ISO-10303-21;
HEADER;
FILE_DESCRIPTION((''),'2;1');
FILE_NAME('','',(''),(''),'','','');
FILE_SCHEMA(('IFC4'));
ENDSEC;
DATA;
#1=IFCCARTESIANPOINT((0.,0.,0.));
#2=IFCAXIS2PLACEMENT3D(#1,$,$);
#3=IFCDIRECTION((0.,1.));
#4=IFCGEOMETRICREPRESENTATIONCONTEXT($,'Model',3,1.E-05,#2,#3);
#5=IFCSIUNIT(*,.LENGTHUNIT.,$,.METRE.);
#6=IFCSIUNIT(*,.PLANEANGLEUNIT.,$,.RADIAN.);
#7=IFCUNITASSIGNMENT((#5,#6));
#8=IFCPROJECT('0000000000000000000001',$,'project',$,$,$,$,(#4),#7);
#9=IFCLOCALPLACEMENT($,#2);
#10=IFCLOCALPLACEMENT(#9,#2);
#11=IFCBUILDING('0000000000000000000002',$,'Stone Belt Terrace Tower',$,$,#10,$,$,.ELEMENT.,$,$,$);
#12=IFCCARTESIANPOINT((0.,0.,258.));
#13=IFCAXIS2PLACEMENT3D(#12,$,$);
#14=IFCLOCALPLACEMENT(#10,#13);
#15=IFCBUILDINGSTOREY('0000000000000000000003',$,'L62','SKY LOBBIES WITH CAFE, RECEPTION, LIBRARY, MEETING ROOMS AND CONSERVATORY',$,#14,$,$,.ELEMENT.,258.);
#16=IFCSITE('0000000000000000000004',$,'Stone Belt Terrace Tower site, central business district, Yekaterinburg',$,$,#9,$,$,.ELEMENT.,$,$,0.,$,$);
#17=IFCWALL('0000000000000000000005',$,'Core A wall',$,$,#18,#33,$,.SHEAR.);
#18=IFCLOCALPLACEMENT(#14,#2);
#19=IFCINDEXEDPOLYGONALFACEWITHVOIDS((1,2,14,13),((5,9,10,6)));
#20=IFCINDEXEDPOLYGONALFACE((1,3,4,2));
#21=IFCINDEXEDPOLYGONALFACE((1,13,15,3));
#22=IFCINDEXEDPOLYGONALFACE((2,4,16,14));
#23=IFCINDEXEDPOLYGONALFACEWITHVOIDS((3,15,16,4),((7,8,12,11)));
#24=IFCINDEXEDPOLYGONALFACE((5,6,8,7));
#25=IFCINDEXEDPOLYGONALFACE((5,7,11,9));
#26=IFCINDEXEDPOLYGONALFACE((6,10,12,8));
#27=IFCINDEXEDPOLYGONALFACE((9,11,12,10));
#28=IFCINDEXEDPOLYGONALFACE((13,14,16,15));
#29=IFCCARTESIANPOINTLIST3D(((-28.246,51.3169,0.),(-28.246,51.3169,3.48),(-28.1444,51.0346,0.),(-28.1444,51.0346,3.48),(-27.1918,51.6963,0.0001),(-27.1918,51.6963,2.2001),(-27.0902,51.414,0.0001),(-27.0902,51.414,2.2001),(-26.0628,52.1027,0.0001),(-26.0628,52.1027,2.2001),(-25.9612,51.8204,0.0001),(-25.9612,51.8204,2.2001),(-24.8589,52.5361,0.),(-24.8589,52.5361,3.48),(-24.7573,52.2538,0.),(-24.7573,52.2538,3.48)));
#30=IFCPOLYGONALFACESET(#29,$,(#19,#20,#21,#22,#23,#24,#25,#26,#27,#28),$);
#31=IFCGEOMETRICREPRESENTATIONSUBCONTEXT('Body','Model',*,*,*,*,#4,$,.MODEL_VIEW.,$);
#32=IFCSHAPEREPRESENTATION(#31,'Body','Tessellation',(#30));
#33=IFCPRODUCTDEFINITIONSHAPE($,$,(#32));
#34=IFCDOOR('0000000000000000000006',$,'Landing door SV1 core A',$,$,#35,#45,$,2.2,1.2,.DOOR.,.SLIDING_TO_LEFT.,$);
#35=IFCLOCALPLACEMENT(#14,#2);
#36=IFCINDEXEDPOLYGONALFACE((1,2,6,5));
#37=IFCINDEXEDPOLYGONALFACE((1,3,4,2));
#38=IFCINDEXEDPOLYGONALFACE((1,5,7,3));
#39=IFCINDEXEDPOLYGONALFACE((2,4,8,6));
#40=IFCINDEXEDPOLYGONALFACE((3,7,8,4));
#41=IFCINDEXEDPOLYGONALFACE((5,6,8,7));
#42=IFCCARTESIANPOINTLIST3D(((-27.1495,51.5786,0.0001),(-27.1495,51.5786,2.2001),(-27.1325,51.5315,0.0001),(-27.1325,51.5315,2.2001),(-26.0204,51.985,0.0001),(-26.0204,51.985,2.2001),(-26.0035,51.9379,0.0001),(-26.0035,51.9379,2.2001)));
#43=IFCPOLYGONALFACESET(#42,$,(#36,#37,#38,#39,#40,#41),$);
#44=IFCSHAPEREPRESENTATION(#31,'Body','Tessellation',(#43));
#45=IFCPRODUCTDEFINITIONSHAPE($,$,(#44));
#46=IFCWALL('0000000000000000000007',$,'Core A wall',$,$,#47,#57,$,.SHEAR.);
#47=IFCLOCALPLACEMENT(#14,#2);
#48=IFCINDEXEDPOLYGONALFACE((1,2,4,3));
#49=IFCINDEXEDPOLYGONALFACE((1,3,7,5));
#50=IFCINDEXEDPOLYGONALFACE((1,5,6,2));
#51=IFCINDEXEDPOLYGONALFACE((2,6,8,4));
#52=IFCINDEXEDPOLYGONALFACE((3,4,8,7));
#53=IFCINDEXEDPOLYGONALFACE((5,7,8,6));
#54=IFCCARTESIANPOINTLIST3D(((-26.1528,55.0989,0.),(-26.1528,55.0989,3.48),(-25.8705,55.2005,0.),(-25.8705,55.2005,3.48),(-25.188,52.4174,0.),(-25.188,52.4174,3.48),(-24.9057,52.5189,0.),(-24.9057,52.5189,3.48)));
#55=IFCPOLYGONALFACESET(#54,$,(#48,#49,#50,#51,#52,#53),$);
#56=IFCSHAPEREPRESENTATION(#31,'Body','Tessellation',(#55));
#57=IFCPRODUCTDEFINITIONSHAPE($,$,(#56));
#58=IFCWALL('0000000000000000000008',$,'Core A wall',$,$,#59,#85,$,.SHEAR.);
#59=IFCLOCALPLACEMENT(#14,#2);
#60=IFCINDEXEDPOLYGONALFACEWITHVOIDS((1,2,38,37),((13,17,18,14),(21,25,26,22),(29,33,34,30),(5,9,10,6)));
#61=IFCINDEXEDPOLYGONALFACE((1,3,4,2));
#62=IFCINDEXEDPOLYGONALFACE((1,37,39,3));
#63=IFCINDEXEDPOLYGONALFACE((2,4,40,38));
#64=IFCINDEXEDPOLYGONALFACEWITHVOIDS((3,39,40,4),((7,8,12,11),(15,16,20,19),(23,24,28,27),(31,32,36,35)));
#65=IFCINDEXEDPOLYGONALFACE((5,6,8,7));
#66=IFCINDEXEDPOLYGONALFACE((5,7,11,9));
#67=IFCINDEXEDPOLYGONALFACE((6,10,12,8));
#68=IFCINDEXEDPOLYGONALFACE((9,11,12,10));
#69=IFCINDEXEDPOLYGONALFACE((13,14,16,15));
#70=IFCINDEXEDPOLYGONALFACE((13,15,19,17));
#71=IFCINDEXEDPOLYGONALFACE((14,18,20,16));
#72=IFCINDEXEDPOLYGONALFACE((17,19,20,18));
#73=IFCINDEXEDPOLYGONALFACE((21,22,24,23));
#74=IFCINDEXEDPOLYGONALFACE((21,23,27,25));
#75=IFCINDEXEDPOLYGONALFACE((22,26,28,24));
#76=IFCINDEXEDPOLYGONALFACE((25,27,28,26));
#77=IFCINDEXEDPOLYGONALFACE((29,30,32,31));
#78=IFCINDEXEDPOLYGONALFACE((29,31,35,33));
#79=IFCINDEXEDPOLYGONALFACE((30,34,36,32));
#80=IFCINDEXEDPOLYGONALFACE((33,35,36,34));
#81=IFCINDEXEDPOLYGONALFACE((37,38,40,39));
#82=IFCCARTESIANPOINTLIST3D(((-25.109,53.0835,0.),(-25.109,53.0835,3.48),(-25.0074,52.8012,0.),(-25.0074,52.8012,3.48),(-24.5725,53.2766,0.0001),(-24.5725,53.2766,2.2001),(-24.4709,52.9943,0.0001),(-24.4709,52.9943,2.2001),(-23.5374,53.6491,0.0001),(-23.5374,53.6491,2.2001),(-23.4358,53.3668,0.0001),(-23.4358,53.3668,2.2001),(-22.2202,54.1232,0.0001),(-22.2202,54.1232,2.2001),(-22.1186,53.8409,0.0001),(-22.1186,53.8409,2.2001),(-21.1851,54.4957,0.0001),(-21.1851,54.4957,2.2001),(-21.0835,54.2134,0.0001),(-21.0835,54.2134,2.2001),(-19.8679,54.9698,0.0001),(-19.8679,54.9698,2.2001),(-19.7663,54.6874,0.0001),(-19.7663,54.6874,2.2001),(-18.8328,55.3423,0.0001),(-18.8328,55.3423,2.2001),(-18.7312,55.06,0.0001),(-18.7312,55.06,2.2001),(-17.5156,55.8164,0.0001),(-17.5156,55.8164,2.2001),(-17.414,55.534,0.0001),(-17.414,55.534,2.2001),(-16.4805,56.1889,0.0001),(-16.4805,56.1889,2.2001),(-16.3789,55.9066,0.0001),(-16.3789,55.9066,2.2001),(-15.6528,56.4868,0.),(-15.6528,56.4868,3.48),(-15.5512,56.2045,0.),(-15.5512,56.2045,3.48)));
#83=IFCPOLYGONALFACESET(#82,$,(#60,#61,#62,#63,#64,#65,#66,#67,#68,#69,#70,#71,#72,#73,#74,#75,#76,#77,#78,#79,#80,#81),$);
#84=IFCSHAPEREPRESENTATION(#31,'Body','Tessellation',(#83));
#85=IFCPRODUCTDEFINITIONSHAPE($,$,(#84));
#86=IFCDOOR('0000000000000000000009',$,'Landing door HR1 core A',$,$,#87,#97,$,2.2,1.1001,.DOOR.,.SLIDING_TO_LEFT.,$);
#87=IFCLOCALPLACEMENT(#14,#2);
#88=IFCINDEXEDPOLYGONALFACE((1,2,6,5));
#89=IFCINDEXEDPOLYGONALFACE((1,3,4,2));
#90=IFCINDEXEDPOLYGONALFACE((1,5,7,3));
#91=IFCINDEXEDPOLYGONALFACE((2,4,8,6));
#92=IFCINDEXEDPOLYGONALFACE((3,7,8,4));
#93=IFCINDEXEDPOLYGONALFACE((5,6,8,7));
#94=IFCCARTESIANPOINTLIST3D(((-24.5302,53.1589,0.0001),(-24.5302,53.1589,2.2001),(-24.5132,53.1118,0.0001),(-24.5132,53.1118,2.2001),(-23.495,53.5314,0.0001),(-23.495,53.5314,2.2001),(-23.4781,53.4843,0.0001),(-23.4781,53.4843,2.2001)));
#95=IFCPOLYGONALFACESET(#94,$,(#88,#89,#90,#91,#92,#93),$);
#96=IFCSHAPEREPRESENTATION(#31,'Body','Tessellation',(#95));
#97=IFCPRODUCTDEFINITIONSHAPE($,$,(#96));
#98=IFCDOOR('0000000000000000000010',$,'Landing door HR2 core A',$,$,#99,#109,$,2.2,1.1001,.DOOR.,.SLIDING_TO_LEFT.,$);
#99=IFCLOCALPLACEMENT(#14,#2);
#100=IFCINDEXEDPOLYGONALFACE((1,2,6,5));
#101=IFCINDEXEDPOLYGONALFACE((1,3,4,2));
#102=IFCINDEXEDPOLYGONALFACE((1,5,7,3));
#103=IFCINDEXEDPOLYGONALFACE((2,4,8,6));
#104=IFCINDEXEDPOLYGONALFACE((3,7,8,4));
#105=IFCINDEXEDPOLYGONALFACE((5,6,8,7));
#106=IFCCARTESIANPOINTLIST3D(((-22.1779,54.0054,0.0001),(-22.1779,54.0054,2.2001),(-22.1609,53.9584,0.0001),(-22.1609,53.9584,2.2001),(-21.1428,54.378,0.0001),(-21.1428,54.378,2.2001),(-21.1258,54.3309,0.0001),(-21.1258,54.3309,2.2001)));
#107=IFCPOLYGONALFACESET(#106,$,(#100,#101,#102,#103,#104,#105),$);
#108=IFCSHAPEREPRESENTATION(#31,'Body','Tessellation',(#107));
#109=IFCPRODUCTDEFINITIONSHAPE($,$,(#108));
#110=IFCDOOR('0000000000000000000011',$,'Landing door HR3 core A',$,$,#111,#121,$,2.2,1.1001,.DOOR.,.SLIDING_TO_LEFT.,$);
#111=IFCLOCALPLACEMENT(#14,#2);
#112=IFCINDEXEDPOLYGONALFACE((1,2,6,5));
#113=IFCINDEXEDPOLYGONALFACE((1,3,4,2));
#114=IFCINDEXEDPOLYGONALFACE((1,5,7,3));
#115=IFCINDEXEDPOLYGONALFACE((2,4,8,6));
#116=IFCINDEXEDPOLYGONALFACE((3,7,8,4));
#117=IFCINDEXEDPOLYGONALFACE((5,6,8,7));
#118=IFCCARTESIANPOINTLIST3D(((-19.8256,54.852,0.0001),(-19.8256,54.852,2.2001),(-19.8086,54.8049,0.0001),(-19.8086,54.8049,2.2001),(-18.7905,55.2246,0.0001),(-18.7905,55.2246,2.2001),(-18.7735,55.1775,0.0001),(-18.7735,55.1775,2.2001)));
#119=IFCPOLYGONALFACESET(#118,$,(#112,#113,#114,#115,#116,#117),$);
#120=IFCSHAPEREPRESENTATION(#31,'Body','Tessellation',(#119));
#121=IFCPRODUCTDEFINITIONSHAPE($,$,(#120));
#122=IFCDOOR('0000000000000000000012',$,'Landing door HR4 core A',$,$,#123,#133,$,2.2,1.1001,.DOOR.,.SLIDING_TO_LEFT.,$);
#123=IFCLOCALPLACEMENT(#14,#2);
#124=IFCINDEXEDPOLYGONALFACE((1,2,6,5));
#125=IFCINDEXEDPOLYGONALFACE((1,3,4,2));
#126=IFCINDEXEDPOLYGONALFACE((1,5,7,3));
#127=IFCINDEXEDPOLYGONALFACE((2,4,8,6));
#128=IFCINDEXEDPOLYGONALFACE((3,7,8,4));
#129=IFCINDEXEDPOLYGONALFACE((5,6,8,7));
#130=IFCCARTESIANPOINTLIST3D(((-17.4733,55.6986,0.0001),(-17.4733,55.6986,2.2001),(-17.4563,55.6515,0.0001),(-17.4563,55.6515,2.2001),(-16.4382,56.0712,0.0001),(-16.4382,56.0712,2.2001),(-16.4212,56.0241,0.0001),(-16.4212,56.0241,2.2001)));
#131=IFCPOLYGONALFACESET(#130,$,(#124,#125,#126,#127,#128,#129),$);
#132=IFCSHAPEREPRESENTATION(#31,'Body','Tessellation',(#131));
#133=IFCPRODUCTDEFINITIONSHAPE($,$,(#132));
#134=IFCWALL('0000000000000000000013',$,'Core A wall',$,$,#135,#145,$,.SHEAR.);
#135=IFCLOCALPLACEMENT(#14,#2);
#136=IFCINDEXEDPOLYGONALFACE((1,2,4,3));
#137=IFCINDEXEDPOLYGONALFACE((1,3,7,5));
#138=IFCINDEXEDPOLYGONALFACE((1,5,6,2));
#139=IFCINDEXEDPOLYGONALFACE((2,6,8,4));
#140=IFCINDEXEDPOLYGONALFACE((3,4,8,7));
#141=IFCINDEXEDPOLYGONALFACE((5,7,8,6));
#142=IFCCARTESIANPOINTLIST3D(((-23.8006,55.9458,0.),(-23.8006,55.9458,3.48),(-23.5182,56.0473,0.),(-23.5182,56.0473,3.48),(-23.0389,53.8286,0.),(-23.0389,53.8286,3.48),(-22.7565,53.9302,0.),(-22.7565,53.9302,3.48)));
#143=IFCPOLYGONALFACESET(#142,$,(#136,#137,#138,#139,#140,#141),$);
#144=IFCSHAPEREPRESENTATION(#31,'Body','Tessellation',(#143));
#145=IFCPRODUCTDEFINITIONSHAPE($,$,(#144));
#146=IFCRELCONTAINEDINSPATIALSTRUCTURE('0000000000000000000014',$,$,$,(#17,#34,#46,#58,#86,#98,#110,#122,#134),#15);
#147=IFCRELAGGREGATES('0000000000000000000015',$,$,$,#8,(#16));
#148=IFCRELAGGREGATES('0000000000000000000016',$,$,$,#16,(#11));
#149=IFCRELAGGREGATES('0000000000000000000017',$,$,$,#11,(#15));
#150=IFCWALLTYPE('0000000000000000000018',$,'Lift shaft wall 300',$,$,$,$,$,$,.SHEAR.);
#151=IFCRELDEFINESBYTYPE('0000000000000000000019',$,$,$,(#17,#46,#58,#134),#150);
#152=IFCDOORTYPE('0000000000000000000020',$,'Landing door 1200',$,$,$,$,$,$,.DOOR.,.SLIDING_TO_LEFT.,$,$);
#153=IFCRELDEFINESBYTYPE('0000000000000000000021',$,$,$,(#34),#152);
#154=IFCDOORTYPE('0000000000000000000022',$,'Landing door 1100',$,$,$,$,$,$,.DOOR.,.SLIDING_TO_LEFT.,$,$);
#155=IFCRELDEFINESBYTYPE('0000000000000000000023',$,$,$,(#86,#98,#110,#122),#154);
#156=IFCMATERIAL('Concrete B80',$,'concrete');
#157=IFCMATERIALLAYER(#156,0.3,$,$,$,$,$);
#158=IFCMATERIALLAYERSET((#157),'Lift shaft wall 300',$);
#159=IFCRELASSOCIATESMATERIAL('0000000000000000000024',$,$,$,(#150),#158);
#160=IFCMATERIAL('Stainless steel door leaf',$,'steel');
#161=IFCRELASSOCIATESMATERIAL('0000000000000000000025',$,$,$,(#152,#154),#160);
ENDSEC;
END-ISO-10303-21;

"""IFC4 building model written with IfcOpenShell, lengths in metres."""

from ifc_helpers import new_model, si_unit, direction, frame, frame_2d, origin, place, context, subcontext, project, spatial, rectangle, extrude, material, layer, layer_set, type_object, element, fill, save


model = new_model("IFC4")

# Units and contexts
model_context = context("Model", 3, precision=1e-05, world=origin(), true_north=direction((0.0, 1.0)))
body_context = subcontext(model_context, "Body", "Model", "MODEL_VIEW")
ifc_project = project(units=[si_unit("LENGTHUNIT", "METRE"), si_unit("PLANEANGLEUNIT", "RADIAN")], contexts=[model_context])

# Site, building, storey
site_placement = place(None, origin())
site = spatial("IfcSite", under=ifc_project, at=site_placement, Name="Stone Belt Terrace Tower site, central business district, Yekaterinburg", CompositionType="ELEMENT", RefElevation=0.0)
building_placement = place(site_placement, origin())
building = spatial("IfcBuilding", under=site, at=building_placement, Name="Stone Belt Terrace Tower", CompositionType="ELEMENT")
storey_placement = place(building_placement, frame((0.0, 0.0, 258.0)))
storey = spatial("IfcBuildingStorey", under=building, at=storey_placement, Name="L62", Description="SKY LOBBIES WITH CAFE, RECEPTION, LIBRARY, MEETING ROOMS AND CONSERVATORY", CompositionType="ELEMENT", Elevation=258.0)

# Wall, opening, door
ifc_material_1 = material(Name="Concrete B80", Category="concrete")
ifc_layer_1 = layer(ifc_material_1, 0.3)
ifc_layer_set_1 = layer_set([ifc_layer_1], Name="Lift shaft wall 300")
wall_type_1 = type_object("IfcWallType", Name="Lift shaft wall 300", PredefinedType="SHEAR", material=ifc_layer_set_1)
wall_1_placement = place(storey_placement, frame((-28.1951, 51.1758, 0.0), z_axis=(0.0, 0.0, 1.0), x_axis=(0.940901, 0.338681, 0.0)))
wall_1 = element("IfcWall", 1, at=wall_1_placement, inside=storey, type_object=wall_type_1, Name="Core A wall", PredefinedType="SHEAR", context=body_context, shape_type="SweptSolid", body=[
    extrude(rectangle(XDim=3.5999, YDim=0.3, at=frame_2d((1.7998, 0.0))), origin(), (0.0, 0.0, 1.0), 3.48),
])
opening_1_placement = place(wall_1_placement, frame((1.1201, 0.0, 0.0)))
opening_1 = element("IfcOpeningElement", 2, at=opening_1_placement, cuts=wall_1, PredefinedType="OPENING", context=body_context, shape_type="SweptSolid", body=[
    extrude(rectangle(XDim=1.2, YDim=2.2, at=frame_2d((0.6001, 1.1001))), frame((0.0, 0.1599, 0.0), z_axis=(0.0, -1.0, 0.0), x_axis=(1.0, 0.0, 0.0)), (0.0, 0.0, 1.0), 0.3201),
])
ifc_material_2 = material(Name="Stainless steel door leaf", Category="steel")
door_type_1 = type_object("IfcDoorType", Name="Landing door 1200", OperationType="SLIDING_TO_LEFT", PredefinedType="DOOR", material=ifc_material_2)
door_1_placement = place(opening_1_placement, origin())
door_1 = element("IfcDoor", 3, at=door_1_placement, inside=storey, type_object=door_type_1, Name="Landing door SV1 core A", OperationType="SLIDING_TO_LEFT", OverallHeight=2.2, OverallWidth=1.2, PredefinedType="DOOR", context=body_context, shape_type="SweptSolid", body=[
    extrude(rectangle(XDim=1.2, YDim=2.2, at=frame_2d((0.6001, 1.1001))), frame((0.0, 0.0249, 0.0), z_axis=(0.0, -1.0, 0.0), x_axis=(1.0, 0.0, 0.0)), (0.0, 0.0, 1.0), 0.05),
])
fill(opening_1, door_1)

# Wall
wall_2_placement = place(storey_placement, frame((-25.0469, 52.4683, 0.0), z_axis=(0.0, 0.0, 1.0), x_axis=(-0.33855, 0.940949, 0.0)))
element("IfcWall", 4, at=wall_2_placement, inside=storey, type_object=wall_type_1, Name="Core A wall", PredefinedType="SHEAR", context=body_context, shape_type="SweptSolid", body=[
    extrude(rectangle(XDim=2.8499, YDim=0.3, at=frame_2d((1.4248, 0.0))), origin(), (0.0, 0.0, 1.0), 3.48),
])

# Wall, openings, doors
wall_3_placement = place(storey_placement, frame((-25.0581, 52.9424, 0.0), z_axis=(0.0, 0.0, 1.0), x_axis=(0.940917, 0.338636, 0.0)))
wall_3 = element("IfcWall", 5, at=wall_3_placement, inside=storey, type_object=wall_type_1, Name="Core A wall", PredefinedType="SHEAR", context=body_context, shape_type="SweptSolid", body=[
    extrude(rectangle(XDim=10.05, YDim=0.3, at=frame_2d((5.0249, 0.0))), origin(), (0.0, 0.0, 1.0), 3.48),
])
opening_2_placement = place(wall_3_placement, frame((0.5701, 0.0, 0.0)))
opening_2 = element("IfcOpeningElement", 6, at=opening_2_placement, cuts=wall_3, PredefinedType="OPENING", context=body_context, shape_type="SweptSolid", body=[
    extrude(rectangle(XDim=1.1001, YDim=2.2, at=frame_2d((0.55, 1.1001))), frame((0.0, 0.1599, 0.0), z_axis=(0.0, -1.0, 0.0), x_axis=(1.0, 0.0, 0.0)), (0.0, 0.0, 1.0), 0.3201),
])
opening_3_placement = place(wall_3_placement, frame((3.0701, 0.0, 0.0)))
opening_3 = element("IfcOpeningElement", 7, at=opening_3_placement, cuts=wall_3, PredefinedType="OPENING", context=body_context, shape_type="SweptSolid", body=[
    extrude(rectangle(XDim=1.1001, YDim=2.2, at=frame_2d((0.55, 1.1001))), frame((0.0, 0.1599, 0.0), z_axis=(0.0, -1.0, 0.0), x_axis=(1.0, 0.0, 0.0)), (0.0, 0.0, 1.0), 0.3201),
])
opening_4_placement = place(wall_3_placement, frame((5.5701, 0.0, 0.0)))
opening_4 = element("IfcOpeningElement", 8, at=opening_4_placement, cuts=wall_3, PredefinedType="OPENING", context=body_context, shape_type="SweptSolid", body=[
    extrude(rectangle(XDim=1.1001, YDim=2.2, at=frame_2d((0.55, 1.1001))), frame((0.0, 0.1599, 0.0), z_axis=(0.0, -1.0, 0.0), x_axis=(1.0, 0.0, 0.0)), (0.0, 0.0, 1.0), 0.3201),
])
opening_5_placement = place(wall_3_placement, frame((8.0701, 0.0, 0.0)))
opening_5 = element("IfcOpeningElement", 9, at=opening_5_placement, cuts=wall_3, PredefinedType="OPENING", context=body_context, shape_type="SweptSolid", body=[
    extrude(rectangle(XDim=1.1001, YDim=2.2, at=frame_2d((0.55, 1.1001))), frame((0.0, 0.1599, 0.0), z_axis=(0.0, -1.0, 0.0), x_axis=(1.0, 0.0, 0.0)), (0.0, 0.0, 1.0), 0.3201),
])
door_type_2 = type_object("IfcDoorType", Name="Landing door 1100", OperationType="SLIDING_TO_LEFT", PredefinedType="DOOR", material=ifc_material_2)
door_2_placement = place(opening_2_placement, origin())
door_2 = element("IfcDoor", 10, at=door_2_placement, inside=storey, type_object=door_type_2, Name="Landing door HR1 core A", OperationType="SLIDING_TO_LEFT", OverallHeight=2.2, OverallWidth=1.1001, PredefinedType="DOOR", context=body_context, shape_type="SweptSolid", body=[
    extrude(rectangle(XDim=1.1001, YDim=2.2, at=frame_2d((0.55, 1.1001))), frame((0.0, 0.0249, 0.0), z_axis=(0.0, -1.0, 0.0), x_axis=(1.0, 0.0, 0.0)), (0.0, 0.0, 1.0), 0.05),
])
fill(opening_2, door_2)
door_3_placement = place(opening_3_placement, origin())
door_3 = element("IfcDoor", 11, at=door_3_placement, inside=storey, type_object=door_type_2, Name="Landing door HR2 core A", OperationType="SLIDING_TO_LEFT", OverallHeight=2.2, OverallWidth=1.1001, PredefinedType="DOOR", context=body_context, shape_type="SweptSolid", body=[
    extrude(rectangle(XDim=1.1001, YDim=2.2, at=frame_2d((0.55, 1.1001))), frame((0.0, 0.0249, 0.0), z_axis=(0.0, -1.0, 0.0), x_axis=(1.0, 0.0, 0.0)), (0.0, 0.0, 1.0), 0.05),
])
fill(opening_3, door_3)
door_4_placement = place(opening_4_placement, origin())
door_4 = element("IfcDoor", 12, at=door_4_placement, inside=storey, type_object=door_type_2, Name="Landing door HR3 core A", OperationType="SLIDING_TO_LEFT", OverallHeight=2.2, OverallWidth=1.1001, PredefinedType="DOOR", context=body_context, shape_type="SweptSolid", body=[
    extrude(rectangle(XDim=1.1001, YDim=2.2, at=frame_2d((0.55, 1.1001))), frame((0.0, 0.0249, 0.0), z_axis=(0.0, -1.0, 0.0), x_axis=(1.0, 0.0, 0.0)), (0.0, 0.0, 1.0), 0.05),
])
fill(opening_4, door_4)
door_5_placement = place(opening_5_placement, origin())
door_5 = element("IfcDoor", 13, at=door_5_placement, inside=storey, type_object=door_type_2, Name="Landing door HR4 core A", OperationType="SLIDING_TO_LEFT", OverallHeight=2.2, OverallWidth=1.1001, PredefinedType="DOOR", context=body_context, shape_type="SweptSolid", body=[
    extrude(rectangle(XDim=1.1001, YDim=2.2, at=frame_2d((0.55, 1.1001))), frame((0.0, 0.0249, 0.0), z_axis=(0.0, -1.0, 0.0), x_axis=(1.0, 0.0, 0.0)), (0.0, 0.0, 1.0), 0.05),
])
fill(opening_5, door_5)

# Wall
wall_4_placement = place(storey_placement, frame((-22.8977, 53.8794, 0.0), z_axis=(0.0, 0.0, 1.0), x_axis=(-0.338535, 0.940954, 0.0)))
element("IfcWall", 14, at=wall_4_placement, inside=storey, type_object=wall_type_1, Name="Core A wall", PredefinedType="SHEAR", context=body_context, shape_type="SweptSolid", body=[
    extrude(rectangle(XDim=2.25, YDim=0.3, at=frame_2d((1.125, 0.0))), origin(), (0.0, 0.0, 1.0), 3.48),
])

save(model, "model.ifc")
